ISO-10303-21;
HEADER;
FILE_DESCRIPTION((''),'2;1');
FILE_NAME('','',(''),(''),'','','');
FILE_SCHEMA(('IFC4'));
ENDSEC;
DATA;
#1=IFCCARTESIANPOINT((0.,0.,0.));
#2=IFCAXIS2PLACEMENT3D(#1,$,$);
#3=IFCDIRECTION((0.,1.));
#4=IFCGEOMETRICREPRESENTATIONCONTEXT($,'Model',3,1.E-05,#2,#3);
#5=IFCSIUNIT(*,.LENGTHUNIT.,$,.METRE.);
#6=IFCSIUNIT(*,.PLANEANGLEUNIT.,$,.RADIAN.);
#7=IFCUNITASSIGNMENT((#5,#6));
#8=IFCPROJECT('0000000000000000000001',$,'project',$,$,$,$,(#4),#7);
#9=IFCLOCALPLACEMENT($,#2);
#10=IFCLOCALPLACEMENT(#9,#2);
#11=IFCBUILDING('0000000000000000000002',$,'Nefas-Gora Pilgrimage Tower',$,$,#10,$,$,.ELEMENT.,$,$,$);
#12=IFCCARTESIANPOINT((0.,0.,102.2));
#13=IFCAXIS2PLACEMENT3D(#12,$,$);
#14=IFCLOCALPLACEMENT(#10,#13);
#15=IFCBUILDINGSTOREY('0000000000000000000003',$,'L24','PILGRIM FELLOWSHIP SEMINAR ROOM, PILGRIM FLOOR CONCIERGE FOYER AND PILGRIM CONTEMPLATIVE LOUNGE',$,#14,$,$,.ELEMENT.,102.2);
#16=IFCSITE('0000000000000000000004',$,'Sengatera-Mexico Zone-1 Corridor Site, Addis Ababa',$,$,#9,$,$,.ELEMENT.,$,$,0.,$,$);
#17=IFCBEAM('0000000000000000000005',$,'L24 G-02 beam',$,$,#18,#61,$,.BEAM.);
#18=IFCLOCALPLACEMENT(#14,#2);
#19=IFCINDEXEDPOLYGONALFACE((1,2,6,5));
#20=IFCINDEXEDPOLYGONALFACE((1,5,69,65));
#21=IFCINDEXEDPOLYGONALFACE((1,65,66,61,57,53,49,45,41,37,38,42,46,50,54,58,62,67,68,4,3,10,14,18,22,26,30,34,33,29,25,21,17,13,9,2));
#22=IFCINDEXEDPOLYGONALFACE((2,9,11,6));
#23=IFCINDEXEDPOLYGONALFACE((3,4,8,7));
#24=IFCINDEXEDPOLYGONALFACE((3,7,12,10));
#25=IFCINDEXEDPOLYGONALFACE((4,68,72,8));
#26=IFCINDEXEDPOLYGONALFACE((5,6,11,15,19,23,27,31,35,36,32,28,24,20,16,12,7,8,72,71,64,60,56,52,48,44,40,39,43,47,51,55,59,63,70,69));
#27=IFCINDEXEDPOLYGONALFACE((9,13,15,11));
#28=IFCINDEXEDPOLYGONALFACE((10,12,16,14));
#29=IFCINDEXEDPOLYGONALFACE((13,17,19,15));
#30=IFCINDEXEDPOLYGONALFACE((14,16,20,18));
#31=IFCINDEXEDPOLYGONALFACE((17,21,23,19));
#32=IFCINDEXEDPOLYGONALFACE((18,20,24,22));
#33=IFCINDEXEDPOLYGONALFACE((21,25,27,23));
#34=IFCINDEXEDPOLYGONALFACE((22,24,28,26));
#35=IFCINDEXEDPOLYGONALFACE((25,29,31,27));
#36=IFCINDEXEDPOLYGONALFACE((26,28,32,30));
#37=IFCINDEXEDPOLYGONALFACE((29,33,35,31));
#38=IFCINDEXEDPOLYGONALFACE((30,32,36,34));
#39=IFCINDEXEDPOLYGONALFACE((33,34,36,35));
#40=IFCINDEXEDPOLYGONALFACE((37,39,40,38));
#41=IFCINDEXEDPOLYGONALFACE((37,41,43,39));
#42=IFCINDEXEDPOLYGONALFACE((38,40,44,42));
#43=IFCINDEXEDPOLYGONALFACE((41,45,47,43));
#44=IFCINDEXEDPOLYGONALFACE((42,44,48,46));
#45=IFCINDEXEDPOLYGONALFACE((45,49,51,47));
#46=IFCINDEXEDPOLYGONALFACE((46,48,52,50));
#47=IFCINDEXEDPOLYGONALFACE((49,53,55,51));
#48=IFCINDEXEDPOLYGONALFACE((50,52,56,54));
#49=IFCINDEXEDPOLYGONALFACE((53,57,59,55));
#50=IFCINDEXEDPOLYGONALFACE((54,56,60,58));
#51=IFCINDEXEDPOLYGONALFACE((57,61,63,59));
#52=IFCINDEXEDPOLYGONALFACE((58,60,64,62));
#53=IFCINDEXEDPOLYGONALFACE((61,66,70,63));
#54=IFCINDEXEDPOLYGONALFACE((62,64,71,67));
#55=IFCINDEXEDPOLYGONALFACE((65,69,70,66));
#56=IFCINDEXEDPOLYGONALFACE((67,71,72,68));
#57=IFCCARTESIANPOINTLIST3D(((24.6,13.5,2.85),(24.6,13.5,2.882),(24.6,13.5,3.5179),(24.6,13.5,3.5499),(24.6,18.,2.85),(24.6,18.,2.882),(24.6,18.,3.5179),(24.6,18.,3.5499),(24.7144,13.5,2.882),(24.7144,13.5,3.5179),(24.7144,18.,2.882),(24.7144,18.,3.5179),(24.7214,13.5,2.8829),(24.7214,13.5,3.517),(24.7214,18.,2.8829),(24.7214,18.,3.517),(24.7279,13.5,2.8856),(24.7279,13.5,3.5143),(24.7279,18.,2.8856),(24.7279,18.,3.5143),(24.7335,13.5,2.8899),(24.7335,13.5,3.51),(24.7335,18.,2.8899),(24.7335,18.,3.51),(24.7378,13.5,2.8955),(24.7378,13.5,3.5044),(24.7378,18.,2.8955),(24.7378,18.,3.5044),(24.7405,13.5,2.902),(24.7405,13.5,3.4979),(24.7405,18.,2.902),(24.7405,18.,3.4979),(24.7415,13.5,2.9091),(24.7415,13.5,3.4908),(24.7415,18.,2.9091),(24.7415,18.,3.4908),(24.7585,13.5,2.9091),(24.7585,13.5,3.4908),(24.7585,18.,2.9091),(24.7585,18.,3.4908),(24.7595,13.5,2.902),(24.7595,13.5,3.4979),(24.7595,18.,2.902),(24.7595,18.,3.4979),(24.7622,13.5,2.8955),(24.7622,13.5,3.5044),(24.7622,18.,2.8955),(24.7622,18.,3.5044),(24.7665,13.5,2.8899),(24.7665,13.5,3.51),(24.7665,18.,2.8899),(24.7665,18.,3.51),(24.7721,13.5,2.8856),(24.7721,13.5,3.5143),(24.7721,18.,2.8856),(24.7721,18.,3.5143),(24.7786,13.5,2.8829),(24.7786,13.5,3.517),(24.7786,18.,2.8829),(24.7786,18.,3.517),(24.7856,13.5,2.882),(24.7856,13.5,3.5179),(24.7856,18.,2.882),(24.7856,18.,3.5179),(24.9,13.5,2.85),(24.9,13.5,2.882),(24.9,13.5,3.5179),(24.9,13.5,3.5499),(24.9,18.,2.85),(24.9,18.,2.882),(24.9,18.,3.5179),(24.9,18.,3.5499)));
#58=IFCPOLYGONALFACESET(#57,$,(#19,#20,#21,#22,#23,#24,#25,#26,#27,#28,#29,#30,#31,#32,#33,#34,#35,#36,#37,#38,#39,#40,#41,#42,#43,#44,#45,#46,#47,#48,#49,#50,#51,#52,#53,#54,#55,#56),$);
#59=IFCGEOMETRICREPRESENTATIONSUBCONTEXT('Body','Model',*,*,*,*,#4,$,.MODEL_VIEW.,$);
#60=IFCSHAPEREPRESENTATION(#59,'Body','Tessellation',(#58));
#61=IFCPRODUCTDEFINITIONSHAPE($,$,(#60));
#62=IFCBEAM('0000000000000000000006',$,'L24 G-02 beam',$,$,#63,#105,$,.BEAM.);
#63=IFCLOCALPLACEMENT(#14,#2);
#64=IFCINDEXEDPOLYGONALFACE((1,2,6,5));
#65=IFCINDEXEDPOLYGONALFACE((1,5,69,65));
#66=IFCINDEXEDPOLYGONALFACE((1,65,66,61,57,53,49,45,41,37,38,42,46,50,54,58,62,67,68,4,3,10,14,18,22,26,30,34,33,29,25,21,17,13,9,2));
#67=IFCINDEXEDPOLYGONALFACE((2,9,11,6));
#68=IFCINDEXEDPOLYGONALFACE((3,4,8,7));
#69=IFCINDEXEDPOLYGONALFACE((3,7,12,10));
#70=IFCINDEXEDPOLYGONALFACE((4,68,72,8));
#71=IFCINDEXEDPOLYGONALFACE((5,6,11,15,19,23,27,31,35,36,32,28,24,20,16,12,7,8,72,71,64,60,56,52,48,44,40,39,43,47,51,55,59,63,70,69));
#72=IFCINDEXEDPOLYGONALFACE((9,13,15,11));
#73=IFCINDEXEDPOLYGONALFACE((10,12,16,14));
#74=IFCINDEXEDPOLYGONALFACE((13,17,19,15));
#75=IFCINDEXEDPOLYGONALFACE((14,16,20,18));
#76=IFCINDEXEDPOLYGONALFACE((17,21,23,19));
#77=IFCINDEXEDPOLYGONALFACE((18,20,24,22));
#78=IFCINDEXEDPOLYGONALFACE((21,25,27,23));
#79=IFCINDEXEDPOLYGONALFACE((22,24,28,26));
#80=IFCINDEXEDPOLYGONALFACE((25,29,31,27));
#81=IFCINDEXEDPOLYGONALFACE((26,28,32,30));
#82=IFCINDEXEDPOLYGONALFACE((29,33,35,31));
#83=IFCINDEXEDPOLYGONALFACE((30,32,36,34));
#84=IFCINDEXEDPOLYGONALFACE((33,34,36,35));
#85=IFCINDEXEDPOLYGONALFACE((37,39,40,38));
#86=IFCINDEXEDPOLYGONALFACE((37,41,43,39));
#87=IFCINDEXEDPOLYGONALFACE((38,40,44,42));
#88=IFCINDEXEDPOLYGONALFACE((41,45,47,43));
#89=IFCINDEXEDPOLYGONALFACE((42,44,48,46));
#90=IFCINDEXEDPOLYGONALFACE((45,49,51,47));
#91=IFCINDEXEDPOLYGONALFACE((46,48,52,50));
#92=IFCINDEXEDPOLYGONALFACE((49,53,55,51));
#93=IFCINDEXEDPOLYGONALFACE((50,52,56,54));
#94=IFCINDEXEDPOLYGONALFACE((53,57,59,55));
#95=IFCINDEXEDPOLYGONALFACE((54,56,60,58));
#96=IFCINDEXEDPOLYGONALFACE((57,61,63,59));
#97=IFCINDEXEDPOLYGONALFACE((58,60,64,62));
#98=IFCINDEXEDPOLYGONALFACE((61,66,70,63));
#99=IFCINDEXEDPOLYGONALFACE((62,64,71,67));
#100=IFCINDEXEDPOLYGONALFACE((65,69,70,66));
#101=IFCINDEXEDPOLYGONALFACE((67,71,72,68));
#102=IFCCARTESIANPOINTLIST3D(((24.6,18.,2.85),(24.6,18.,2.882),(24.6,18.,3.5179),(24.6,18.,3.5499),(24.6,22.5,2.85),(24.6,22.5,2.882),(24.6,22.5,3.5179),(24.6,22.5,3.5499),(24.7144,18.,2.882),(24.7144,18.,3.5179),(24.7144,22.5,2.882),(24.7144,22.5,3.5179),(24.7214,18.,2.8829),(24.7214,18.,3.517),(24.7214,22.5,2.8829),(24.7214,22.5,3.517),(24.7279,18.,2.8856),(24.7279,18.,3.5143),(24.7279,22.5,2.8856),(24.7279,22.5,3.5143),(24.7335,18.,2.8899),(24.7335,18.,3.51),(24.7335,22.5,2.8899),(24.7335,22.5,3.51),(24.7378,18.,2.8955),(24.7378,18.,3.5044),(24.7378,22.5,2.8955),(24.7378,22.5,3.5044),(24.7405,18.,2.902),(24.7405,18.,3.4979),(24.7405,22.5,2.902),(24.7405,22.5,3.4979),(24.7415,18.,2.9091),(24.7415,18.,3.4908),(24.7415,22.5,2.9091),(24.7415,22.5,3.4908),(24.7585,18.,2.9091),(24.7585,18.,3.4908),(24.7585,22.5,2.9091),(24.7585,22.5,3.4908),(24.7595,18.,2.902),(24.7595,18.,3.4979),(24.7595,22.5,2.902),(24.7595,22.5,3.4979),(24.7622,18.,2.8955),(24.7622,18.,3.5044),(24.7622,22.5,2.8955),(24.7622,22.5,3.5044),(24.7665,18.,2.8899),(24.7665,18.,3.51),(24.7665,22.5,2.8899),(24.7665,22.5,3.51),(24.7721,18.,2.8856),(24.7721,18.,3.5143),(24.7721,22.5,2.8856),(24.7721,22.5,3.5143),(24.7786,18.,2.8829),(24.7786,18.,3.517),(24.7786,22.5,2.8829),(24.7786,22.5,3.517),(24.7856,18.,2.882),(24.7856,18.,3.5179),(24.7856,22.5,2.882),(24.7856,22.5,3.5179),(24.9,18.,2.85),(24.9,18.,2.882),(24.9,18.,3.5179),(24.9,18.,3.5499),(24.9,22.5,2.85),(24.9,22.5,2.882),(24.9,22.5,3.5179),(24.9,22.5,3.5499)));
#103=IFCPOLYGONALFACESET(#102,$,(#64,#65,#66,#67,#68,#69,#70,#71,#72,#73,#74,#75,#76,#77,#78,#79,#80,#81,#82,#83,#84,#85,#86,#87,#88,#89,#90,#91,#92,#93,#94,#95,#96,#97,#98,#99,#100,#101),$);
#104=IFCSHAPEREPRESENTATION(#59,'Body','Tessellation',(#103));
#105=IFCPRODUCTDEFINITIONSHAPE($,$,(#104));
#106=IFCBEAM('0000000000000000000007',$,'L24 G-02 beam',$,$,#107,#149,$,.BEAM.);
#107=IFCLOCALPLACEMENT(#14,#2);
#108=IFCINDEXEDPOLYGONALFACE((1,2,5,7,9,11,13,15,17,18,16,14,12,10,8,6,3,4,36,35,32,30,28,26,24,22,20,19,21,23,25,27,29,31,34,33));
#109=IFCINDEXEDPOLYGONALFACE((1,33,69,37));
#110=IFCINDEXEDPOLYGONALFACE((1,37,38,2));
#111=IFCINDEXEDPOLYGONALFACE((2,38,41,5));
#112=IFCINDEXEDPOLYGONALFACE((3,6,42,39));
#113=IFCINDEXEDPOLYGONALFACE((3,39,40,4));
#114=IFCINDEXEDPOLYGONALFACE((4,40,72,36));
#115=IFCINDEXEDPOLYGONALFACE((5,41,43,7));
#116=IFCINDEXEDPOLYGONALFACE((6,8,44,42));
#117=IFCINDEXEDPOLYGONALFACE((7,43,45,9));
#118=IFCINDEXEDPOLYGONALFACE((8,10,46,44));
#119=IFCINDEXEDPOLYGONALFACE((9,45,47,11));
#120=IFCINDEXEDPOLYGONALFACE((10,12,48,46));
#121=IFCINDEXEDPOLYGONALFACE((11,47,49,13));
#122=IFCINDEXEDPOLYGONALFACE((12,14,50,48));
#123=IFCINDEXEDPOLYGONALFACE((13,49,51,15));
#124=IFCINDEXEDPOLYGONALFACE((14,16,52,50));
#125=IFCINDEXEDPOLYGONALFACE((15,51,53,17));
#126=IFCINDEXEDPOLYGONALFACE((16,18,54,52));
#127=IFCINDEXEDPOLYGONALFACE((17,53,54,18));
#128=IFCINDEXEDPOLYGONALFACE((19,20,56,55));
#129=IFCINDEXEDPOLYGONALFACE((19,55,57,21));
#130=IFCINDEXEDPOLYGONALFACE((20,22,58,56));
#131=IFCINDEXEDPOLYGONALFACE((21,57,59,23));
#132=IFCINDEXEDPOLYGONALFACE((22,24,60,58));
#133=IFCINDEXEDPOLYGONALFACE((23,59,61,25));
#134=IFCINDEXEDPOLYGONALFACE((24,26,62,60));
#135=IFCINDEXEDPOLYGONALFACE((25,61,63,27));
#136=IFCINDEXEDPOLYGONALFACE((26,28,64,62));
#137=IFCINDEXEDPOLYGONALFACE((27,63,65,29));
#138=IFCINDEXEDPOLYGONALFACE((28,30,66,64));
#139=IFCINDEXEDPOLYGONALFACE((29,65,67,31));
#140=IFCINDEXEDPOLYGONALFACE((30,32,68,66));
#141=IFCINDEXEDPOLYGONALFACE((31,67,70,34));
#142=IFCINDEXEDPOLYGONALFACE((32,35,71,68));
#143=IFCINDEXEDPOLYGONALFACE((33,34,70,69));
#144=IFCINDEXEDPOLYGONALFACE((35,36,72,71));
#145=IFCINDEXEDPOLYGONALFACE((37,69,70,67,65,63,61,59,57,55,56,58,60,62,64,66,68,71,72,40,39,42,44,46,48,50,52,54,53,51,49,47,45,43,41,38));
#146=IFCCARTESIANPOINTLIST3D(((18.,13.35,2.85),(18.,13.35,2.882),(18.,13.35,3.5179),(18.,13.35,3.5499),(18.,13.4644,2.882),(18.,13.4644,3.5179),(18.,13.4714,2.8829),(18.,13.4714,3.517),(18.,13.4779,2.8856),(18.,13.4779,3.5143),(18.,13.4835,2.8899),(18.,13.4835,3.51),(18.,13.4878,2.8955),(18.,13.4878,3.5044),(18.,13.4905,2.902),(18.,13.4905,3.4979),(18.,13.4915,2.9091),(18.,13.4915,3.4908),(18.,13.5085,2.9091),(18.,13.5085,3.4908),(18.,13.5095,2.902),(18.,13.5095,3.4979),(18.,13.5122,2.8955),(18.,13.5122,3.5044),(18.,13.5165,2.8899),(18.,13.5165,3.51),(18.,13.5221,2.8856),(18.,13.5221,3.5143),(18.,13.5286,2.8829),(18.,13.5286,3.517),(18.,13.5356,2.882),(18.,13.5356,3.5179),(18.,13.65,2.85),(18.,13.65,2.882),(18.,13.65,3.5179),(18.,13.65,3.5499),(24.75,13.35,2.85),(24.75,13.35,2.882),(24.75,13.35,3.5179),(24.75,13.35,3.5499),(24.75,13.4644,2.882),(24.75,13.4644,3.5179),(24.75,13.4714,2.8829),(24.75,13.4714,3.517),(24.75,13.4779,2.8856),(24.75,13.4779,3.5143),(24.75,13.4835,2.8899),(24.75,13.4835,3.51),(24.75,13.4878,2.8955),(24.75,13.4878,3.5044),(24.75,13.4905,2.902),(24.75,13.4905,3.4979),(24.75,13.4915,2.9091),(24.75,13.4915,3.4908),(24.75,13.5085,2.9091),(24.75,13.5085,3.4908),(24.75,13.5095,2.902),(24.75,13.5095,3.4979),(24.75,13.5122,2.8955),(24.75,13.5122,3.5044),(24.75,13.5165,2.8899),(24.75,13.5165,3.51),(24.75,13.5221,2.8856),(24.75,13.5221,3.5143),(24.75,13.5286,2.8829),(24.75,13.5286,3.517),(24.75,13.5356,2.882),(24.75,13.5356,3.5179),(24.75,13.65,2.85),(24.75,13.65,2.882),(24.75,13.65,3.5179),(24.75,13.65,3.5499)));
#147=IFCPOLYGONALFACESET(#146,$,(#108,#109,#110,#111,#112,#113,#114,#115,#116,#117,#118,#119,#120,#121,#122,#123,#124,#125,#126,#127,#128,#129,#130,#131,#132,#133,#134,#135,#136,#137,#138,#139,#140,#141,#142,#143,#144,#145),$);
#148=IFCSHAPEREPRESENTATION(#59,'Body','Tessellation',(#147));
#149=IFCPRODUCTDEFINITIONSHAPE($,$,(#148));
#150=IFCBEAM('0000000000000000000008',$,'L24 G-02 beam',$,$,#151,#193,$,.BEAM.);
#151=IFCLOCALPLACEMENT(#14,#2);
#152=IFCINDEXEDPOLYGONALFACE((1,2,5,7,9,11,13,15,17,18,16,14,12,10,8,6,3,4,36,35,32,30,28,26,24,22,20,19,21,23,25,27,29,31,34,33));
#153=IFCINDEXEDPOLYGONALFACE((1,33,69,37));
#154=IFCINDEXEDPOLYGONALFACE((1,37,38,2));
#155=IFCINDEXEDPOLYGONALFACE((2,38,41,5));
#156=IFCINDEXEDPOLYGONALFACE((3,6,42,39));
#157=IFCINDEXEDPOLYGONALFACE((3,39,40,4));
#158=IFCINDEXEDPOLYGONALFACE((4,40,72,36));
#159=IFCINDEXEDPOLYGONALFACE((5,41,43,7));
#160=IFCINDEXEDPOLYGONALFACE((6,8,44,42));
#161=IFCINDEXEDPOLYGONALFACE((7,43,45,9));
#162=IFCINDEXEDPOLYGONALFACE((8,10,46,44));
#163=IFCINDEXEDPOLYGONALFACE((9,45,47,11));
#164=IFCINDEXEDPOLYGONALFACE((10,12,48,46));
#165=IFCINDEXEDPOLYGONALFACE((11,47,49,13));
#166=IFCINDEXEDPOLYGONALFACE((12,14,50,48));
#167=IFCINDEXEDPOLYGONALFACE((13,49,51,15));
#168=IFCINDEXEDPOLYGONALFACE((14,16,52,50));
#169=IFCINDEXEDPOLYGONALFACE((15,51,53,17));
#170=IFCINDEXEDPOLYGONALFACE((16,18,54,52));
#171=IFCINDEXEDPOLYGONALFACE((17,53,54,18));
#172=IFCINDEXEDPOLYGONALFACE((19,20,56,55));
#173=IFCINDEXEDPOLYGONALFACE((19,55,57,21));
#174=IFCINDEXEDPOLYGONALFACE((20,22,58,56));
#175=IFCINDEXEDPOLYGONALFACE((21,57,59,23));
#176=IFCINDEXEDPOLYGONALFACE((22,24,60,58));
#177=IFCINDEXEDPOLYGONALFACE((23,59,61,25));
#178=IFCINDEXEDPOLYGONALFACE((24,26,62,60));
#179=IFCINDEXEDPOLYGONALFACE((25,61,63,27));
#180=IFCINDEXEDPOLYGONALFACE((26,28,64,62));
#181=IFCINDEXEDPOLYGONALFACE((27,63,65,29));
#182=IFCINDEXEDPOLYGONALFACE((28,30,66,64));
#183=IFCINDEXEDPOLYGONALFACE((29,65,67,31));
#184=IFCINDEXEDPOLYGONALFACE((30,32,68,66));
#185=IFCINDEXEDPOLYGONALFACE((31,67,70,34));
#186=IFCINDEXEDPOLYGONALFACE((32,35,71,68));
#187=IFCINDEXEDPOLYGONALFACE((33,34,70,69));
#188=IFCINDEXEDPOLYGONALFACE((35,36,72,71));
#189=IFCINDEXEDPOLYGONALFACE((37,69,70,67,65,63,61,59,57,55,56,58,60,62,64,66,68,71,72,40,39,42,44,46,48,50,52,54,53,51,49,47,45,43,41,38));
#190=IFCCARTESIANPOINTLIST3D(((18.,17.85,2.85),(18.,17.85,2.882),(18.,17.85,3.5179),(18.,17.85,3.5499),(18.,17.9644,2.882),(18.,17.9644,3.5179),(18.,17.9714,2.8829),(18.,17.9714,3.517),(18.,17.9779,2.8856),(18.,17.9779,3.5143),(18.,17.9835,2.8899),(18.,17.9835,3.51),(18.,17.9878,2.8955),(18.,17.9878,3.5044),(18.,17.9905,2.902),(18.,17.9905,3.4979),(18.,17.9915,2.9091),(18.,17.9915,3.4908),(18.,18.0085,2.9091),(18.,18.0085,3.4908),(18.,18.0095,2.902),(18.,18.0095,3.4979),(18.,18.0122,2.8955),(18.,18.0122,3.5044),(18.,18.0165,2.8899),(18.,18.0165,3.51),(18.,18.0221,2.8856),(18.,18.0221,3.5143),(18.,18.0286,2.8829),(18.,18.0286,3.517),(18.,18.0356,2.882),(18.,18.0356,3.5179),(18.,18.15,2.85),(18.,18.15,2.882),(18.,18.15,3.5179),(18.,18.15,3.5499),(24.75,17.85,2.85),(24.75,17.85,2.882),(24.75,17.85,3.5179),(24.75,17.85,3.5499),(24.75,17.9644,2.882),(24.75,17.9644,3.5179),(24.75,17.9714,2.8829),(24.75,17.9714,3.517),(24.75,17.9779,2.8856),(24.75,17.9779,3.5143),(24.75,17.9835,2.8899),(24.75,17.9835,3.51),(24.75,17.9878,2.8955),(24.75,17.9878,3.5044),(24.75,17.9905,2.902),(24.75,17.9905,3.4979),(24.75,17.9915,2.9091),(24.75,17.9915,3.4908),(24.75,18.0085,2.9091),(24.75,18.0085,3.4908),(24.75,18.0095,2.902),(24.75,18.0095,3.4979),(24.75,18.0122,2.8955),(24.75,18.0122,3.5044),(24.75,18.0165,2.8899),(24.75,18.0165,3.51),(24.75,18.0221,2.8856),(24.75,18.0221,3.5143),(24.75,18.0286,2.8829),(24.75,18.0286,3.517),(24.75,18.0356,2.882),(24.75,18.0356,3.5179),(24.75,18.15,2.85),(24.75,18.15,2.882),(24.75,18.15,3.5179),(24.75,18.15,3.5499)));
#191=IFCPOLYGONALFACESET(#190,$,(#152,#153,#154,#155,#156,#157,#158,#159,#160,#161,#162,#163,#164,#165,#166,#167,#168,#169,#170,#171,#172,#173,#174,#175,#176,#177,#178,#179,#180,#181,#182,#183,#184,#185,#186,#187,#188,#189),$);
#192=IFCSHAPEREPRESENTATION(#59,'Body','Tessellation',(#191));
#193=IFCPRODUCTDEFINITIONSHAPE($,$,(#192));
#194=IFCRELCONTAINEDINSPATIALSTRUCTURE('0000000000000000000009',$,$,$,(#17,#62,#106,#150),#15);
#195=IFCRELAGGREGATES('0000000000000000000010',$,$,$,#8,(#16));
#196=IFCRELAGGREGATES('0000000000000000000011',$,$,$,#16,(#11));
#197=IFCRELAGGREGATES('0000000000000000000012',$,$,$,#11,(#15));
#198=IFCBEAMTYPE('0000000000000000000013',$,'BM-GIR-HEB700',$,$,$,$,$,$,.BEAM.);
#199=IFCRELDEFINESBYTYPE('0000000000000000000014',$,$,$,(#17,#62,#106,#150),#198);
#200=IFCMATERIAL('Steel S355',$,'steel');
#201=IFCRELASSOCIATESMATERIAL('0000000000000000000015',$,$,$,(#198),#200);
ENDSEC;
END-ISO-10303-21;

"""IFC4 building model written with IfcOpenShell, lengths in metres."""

from ifc_helpers import new_model, si_unit, direction, frame, origin, origin_2d, place, context, subcontext, project, spatial, i_section, extrude, source, transform, mapped, material, material_profile, profile_set, type_object, element, save


model = new_model("IFC4")

# Units and contexts
model_context = context("Model", 3, precision=1e-05, world=origin(), true_north=direction((0.0, 1.0)))
body_context = subcontext(model_context, "Body", "Model", "MODEL_VIEW")
ifc_project = project(units=[si_unit("LENGTHUNIT", "METRE"), si_unit("PLANEANGLEUNIT", "RADIAN")], contexts=[model_context])

# Site, building, storey
site_placement = place(None, origin())
site = spatial("IfcSite", under=ifc_project, at=site_placement, Name="Sengatera-Mexico Zone-1 Corridor Site, Addis Ababa", CompositionType="ELEMENT", RefElevation=0.0)
building_placement = place(site_placement, origin())
building = spatial("IfcBuilding", under=site, at=building_placement, Name="Nefas-Gora Pilgrimage Tower", CompositionType="ELEMENT")
storey_placement = place(building_placement, frame((0.0, 0.0, 102.2)))
storey = spatial("IfcBuildingStorey", under=building, at=storey_placement, Name="L24", Description="PILGRIM FELLOWSHIP SEMINAR ROOM, PILGRIM FLOOR CONCIERGE FOYER AND PILGRIM CONTEMPLATIVE LOUNGE", CompositionType="ELEMENT", Elevation=102.2)

# Beams
ifc_material_1 = material(Name="Steel S355", Category="steel")
ifc_material_profile_1 = material_profile(ifc_material_1, i_section(OverallWidth=0.3, OverallDepth=0.7, WebThickness=0.0171, FlangeThickness=0.032, FilletRadius=0.0271, at=origin_2d()), Name="HEB 700")
ifc_profile_set_1 = profile_set([ifc_material_profile_1], Name="Steel S355")
beam_type_1 = type_object("IfcBeamType", Name="BM-GIR-HEB700", PredefinedType="BEAM", material=ifc_profile_set_1)
shared_shape_1 = source(origin(), body_context, "Body", "SweptSolid", [
    extrude(i_section(OverallWidth=0.3, OverallDepth=0.7, WebThickness=0.0171, FlangeThickness=0.032, FilletRadius=0.0271, at=origin_2d()), origin(), (0.0, 0.0, 1.0), 4.5),
])
for number, where, z_axis, x_axis, name in (
    (1, (24.75, 13.5, 3.2), (0.0, 1.0, 0.0), (-1.0, 0.0, 0.0), "L24 G-02 beam"),
    (2, (24.75, 18.0, 3.2), (0.0, 1.0, 0.0), (-1.0, 0.0, 0.0), "L24 G-02 beam"),
):
    element("IfcBeam", number, at=place(storey_placement, frame(where, z_axis=z_axis, x_axis=x_axis)), inside=storey, type_object=beam_type_1, Name=name, PredefinedType="BEAM", context=body_context, shape_type="MappedRepresentation", body=[
        mapped(shared_shape_1, transform((0.0, 0.0, 0.0), x_axis=(1.0, 0.0, 0.0), y_axis=(0.0, 1.0, 0.0), z_axis=(0.0, 0.0, 1.0), scale=1.0)),
    ])
shared_shape_2 = source(origin(), body_context, "Body", "SweptSolid", [
    extrude(i_section(OverallWidth=0.3, OverallDepth=0.7, WebThickness=0.0171, FlangeThickness=0.032, FilletRadius=0.0271, at=origin_2d()), origin(), (0.0, 0.0, 1.0), 6.75),
])
for number, where, z_axis, x_axis, name in (
    (3, (18.0, 13.5, 3.2), (1.0, 0.0, 0.0), (0.0, 1.0, 0.0), "L24 G-02 beam"),
    (4, (18.0, 18.0, 3.2), (1.0, 0.0, 0.0), (0.0, 1.0, 0.0), "L24 G-02 beam"),
):
    element("IfcBeam", number, at=place(storey_placement, frame(where, z_axis=z_axis, x_axis=x_axis)), inside=storey, type_object=beam_type_1, Name=name, PredefinedType="BEAM", context=body_context, shape_type="MappedRepresentation", body=[
        mapped(shared_shape_2, transform((0.0, 0.0, 0.0), x_axis=(1.0, 0.0, 0.0), y_axis=(0.0, 1.0, 0.0), z_axis=(0.0, 0.0, 1.0), scale=1.0)),
    ])

save(model, "model.ifc")
